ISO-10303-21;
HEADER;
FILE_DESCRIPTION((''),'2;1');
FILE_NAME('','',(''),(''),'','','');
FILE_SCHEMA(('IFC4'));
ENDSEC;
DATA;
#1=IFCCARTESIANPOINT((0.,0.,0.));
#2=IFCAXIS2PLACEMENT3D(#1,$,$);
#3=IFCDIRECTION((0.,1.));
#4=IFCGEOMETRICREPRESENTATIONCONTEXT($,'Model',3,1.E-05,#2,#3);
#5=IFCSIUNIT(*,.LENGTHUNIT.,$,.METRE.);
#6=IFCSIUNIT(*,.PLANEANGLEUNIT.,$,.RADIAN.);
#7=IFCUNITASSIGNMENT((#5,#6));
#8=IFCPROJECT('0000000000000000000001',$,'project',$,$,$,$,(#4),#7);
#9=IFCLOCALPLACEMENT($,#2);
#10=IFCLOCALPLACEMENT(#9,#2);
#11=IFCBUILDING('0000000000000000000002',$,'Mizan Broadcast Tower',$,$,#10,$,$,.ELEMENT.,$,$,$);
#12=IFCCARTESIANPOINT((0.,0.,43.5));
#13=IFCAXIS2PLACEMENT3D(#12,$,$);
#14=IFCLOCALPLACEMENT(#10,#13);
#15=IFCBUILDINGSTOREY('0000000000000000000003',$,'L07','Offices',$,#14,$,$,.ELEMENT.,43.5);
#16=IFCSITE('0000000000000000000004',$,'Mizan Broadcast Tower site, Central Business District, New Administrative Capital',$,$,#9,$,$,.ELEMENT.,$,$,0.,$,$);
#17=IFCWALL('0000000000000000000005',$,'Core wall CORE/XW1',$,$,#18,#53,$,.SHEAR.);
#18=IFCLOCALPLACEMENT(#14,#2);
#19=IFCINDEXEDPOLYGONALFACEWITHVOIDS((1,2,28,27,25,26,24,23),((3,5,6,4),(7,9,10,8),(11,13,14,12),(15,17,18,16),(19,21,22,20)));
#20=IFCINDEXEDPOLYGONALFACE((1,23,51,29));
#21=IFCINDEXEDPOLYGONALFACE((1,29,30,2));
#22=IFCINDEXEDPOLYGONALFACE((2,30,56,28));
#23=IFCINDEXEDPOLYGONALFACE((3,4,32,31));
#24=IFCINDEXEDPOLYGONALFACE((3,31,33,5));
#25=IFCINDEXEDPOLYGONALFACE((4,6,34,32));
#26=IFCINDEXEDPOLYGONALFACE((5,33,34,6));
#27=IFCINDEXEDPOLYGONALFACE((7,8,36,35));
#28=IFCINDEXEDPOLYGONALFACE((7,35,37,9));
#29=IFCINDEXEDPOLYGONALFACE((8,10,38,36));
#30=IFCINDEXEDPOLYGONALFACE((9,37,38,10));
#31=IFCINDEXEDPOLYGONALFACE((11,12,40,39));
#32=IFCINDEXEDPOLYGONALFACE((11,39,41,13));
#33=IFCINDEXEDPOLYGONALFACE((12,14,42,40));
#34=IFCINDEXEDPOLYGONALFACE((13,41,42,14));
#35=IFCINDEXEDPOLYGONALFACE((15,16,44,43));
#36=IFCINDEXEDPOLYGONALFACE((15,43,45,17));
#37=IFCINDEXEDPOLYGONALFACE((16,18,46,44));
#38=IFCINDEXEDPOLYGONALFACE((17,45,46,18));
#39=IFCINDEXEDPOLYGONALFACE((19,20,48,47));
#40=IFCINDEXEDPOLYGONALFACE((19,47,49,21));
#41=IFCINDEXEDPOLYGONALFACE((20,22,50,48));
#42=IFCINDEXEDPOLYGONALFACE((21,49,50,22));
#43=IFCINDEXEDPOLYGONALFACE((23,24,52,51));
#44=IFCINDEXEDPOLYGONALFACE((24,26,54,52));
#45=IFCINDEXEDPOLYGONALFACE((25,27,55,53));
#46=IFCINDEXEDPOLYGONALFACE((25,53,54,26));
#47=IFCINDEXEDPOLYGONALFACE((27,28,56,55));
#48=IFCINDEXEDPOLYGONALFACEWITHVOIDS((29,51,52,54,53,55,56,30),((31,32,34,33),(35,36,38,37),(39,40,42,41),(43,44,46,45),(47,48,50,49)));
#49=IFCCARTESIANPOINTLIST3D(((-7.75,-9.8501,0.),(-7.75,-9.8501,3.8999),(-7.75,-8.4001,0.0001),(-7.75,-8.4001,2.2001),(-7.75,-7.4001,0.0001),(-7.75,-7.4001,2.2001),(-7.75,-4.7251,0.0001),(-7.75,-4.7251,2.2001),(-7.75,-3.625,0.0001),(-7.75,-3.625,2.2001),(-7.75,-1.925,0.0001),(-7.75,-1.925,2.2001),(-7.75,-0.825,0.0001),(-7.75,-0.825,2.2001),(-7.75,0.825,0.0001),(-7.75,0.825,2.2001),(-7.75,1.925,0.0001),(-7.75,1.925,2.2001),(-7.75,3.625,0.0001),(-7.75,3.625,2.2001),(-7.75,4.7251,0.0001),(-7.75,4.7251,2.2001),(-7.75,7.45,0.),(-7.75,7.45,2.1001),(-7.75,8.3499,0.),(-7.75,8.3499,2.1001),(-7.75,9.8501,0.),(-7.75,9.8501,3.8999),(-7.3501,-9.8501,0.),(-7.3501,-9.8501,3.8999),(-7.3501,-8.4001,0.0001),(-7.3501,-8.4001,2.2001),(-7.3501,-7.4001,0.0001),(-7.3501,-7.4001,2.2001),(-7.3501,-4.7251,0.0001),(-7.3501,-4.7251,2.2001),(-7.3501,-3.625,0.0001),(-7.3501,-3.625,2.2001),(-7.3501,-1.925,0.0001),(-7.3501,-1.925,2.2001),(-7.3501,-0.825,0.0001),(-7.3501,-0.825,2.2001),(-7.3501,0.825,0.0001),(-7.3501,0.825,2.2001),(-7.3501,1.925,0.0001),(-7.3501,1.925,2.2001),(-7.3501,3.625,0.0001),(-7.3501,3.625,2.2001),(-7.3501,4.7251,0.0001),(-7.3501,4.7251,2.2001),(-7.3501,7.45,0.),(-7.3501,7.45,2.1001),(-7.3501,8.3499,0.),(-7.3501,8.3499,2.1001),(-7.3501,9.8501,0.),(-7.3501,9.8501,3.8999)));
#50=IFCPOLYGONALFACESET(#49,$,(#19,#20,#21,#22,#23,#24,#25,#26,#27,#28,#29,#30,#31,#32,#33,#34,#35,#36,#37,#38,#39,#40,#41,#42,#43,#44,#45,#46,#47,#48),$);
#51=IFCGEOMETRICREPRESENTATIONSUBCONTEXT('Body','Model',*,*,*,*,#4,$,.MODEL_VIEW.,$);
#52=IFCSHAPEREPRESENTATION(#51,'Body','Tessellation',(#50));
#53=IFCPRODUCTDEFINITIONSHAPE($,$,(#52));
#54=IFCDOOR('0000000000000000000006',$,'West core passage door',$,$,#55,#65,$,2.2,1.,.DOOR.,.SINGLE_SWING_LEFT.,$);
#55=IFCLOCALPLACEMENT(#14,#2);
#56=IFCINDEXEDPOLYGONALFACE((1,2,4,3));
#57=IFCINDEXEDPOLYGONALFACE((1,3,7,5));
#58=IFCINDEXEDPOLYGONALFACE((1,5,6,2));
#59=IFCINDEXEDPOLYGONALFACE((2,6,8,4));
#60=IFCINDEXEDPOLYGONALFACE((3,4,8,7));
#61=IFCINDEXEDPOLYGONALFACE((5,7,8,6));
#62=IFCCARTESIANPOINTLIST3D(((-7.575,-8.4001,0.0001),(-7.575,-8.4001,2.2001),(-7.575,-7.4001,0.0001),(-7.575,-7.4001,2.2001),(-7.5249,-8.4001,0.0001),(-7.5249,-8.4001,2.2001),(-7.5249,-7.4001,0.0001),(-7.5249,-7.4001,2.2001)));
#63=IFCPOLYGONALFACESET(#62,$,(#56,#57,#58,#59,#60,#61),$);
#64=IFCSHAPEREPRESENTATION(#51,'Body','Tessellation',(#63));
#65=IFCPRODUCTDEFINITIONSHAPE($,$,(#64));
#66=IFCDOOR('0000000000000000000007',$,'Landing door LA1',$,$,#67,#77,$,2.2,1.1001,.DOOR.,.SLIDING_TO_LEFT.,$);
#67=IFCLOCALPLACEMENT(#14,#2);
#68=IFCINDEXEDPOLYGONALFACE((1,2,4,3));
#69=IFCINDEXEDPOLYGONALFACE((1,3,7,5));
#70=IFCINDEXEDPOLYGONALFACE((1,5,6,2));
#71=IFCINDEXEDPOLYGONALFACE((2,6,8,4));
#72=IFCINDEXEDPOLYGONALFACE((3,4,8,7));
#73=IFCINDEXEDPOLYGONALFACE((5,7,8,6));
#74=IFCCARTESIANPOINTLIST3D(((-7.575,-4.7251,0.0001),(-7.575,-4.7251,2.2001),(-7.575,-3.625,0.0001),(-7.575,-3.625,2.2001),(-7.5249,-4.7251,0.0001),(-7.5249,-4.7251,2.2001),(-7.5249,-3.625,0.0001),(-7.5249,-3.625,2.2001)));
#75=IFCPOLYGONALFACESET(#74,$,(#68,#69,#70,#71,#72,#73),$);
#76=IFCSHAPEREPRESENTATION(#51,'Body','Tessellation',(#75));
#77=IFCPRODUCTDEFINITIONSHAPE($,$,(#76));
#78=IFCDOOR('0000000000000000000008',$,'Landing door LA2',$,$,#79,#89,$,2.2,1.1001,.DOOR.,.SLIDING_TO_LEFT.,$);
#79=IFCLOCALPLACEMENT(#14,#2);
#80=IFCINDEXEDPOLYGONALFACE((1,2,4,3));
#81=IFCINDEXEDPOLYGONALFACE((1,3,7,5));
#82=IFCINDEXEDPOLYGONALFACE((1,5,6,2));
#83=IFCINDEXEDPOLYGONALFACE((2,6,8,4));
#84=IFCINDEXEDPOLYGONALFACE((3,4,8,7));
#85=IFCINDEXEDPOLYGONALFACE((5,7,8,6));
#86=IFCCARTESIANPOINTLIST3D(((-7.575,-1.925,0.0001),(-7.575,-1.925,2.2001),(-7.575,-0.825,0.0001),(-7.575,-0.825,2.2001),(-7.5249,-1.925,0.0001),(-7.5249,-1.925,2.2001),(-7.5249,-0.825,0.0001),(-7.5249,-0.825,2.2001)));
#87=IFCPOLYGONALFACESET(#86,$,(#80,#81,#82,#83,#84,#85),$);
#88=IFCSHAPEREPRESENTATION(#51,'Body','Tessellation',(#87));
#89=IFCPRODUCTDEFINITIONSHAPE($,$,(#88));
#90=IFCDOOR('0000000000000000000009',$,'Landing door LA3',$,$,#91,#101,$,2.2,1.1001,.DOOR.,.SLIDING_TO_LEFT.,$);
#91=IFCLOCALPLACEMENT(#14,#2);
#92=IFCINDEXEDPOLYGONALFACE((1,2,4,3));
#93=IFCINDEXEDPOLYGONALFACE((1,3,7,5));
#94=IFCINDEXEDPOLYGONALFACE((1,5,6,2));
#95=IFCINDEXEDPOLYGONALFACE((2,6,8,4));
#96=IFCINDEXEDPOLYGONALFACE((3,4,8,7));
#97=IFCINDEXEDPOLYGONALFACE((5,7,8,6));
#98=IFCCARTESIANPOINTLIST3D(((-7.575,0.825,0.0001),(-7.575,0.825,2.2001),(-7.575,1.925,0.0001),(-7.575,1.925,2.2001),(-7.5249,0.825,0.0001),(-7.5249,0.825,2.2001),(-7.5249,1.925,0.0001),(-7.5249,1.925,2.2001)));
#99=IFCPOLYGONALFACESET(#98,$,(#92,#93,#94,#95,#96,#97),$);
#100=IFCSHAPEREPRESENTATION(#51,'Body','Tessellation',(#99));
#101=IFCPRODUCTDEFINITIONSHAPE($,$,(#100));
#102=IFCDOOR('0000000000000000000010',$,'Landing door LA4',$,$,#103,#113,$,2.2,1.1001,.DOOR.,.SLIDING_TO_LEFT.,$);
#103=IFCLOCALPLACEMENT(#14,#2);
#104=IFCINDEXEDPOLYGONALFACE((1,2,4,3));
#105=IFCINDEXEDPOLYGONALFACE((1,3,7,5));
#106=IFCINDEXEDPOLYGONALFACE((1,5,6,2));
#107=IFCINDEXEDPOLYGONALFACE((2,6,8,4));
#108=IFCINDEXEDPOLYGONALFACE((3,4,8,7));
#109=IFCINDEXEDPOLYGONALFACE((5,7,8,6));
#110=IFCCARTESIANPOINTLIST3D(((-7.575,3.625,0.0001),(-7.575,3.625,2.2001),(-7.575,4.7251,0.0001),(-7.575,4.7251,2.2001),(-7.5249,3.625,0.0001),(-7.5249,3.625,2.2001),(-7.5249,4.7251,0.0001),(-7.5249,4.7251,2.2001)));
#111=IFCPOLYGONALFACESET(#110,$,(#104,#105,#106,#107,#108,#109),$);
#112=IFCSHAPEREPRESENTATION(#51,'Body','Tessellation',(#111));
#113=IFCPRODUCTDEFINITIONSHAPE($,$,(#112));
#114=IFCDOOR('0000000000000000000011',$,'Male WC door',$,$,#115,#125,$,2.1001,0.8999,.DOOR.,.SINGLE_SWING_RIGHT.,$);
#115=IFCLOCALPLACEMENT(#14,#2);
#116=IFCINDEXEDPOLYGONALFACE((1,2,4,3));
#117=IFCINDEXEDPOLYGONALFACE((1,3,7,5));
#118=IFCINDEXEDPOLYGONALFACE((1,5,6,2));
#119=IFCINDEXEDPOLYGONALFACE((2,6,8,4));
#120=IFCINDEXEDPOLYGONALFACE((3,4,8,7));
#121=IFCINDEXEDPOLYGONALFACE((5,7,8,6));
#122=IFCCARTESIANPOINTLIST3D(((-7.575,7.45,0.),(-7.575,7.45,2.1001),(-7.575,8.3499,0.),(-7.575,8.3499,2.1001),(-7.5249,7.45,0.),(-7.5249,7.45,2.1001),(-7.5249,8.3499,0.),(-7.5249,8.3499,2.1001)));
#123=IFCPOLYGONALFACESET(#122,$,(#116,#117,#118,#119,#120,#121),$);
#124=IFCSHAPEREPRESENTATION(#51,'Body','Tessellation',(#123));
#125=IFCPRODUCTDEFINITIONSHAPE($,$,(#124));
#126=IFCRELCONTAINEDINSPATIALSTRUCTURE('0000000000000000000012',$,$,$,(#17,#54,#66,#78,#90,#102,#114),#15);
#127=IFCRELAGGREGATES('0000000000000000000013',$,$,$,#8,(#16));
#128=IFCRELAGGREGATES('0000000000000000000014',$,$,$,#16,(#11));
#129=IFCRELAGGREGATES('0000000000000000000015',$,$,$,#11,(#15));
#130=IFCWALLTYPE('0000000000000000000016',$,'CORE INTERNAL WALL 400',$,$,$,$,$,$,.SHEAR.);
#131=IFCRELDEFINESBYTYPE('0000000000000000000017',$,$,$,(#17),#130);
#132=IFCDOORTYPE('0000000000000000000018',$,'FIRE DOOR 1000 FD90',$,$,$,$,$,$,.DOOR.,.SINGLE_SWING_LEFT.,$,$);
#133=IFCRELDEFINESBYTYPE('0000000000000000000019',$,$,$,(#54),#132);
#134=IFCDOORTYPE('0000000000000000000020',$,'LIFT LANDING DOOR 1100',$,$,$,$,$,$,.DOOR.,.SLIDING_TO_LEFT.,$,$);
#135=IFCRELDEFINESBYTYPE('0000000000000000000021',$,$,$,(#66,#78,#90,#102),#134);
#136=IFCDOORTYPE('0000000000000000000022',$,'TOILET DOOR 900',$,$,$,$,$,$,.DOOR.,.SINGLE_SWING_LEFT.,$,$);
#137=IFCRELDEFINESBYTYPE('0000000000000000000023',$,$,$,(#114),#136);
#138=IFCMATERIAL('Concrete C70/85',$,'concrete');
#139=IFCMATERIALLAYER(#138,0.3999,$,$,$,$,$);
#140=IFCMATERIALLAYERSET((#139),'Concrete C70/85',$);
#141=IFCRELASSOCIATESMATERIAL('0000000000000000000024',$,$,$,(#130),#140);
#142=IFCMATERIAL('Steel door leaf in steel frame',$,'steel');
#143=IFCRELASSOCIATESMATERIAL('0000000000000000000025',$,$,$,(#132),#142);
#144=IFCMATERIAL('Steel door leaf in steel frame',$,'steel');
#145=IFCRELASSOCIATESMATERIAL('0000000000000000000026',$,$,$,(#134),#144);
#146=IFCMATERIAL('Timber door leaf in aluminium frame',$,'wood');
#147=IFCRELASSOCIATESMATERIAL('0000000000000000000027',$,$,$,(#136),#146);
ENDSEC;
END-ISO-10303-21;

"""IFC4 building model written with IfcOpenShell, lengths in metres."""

from ifc_helpers import new_model, si_unit, direction, frame, frame_2d, origin, place, context, subcontext, project, spatial, rectangle, extrude, material, layer, layer_set, type_object, element, fill, save


model = new_model("IFC4")

# Units and contexts
model_context = context("Model", 3, precision=1e-05, world=origin(), true_north=direction((0.0, 1.0)))
body_context = subcontext(model_context, "Body", "Model", "MODEL_VIEW")
ifc_project = project(units=[si_unit("LENGTHUNIT", "METRE"), si_unit("PLANEANGLEUNIT", "RADIAN")], contexts=[model_context])

# Site, building, storey
site_placement = place(None, origin())
site = spatial("IfcSite", under=ifc_project, at=site_placement, Name="Mizan Broadcast Tower site, Central Business District, New Administrative Capital", CompositionType="ELEMENT", RefElevation=0.0)
building_placement = place(site_placement, origin())
building = spatial("IfcBuilding", under=site, at=building_placement, Name="Mizan Broadcast Tower", CompositionType="ELEMENT")
storey_placement = place(building_placement, frame((0.0, 0.0, 43.5)))
storey = spatial("IfcBuildingStorey", under=building, at=storey_placement, Name="L07", Description="Offices", CompositionType="ELEMENT", Elevation=43.5)

# Wall, openings, doors
ifc_material_1 = material(Name="Concrete C70/85", Category="concrete")
ifc_layer_1 = layer(ifc_material_1, 0.3999)
ifc_layer_set_1 = layer_set([ifc_layer_1], Name="Concrete C70/85")
wall_type_1 = type_object("IfcWallType", Name="CORE INTERNAL WALL 400", PredefinedType="SHEAR", material=ifc_layer_set_1)
wall_1_placement = place(storey_placement, frame((-7.55, -9.8501, 0.0), z_axis=(0.0, 0.0, 1.0), x_axis=(0.0, 1.0, 0.0)))
wall_1 = element("IfcWall", 1, at=wall_1_placement, inside=storey, type_object=wall_type_1, Name="Core wall CORE/XW1", PredefinedType="SHEAR", context=body_context, shape_type="SweptSolid", body=[
    extrude(rectangle(XDim=19.7002, YDim=0.3999, at=frame_2d((9.8501, 0.0))), origin(), (0.0, 0.0, 1.0), 3.8999),
])
opening_1_placement = place(wall_1_placement, frame((1.45, 0.0, 0.0)))
opening_1 = element("IfcOpeningElement", 2, at=opening_1_placement, cuts=wall_1, PredefinedType="OPENING", context=body_context, shape_type="SweptSolid", body=[
    extrude(rectangle(XDim=1.0, YDim=2.2, at=frame_2d((0.5, 1.1001))), frame((0.0, 0.21, 0.0), z_axis=(0.0, -1.0, 0.0), x_axis=(1.0, 0.0, 0.0)), (0.0, 0.0, 1.0), 0.4199),
])
opening_2_placement = place(wall_1_placement, frame((17.3, 0.0, 0.0)))
opening_2 = element("IfcOpeningElement", 3, at=opening_2_placement, cuts=wall_1, PredefinedType="OPENING", context=body_context, shape_type="SweptSolid", body=[
    extrude(rectangle(XDim=0.8999, YDim=2.1001, at=frame_2d((0.45, 1.05))), frame((0.0, 0.21, 0.0), z_axis=(0.0, -1.0, 0.0), x_axis=(1.0, 0.0, 0.0)), (0.0, 0.0, 1.0), 0.4199),
])
opening_3_placement = place(wall_1_placement, frame((5.125, 0.0, 0.0)))
opening_3 = element("IfcOpeningElement", 4, at=opening_3_placement, cuts=wall_1, PredefinedType="OPENING", context=body_context, shape_type="SweptSolid", body=[
    extrude(rectangle(XDim=1.1001, YDim=2.2, at=frame_2d((0.55, 1.1001))), frame((0.0, 0.21, 0.0), z_axis=(0.0, -1.0, 0.0), x_axis=(1.0, 0.0, 0.0)), (0.0, 0.0, 1.0), 0.4199),
])
opening_4_placement = place(wall_1_placement, frame((7.925, 0.0, 0.0)))
opening_4 = element("IfcOpeningElement", 5, at=opening_4_placement, cuts=wall_1, PredefinedType="OPENING", context=body_context, shape_type="SweptSolid", body=[
    extrude(rectangle(XDim=1.1001, YDim=2.2, at=frame_2d((0.55, 1.1001))), frame((0.0, 0.21, 0.0), z_axis=(0.0, -1.0, 0.0), x_axis=(1.0, 0.0, 0.0)), (0.0, 0.0, 1.0), 0.4199),
])
opening_5_placement = place(wall_1_placement, frame((10.675, 0.0, 0.0)))
opening_5 = element("IfcOpeningElement", 6, at=opening_5_placement, cuts=wall_1, PredefinedType="OPENING", context=body_context, shape_type="SweptSolid", body=[
    extrude(rectangle(XDim=1.1001, YDim=2.2, at=frame_2d((0.55, 1.1001))), frame((0.0, 0.21, 0.0), z_axis=(0.0, -1.0, 0.0), x_axis=(1.0, 0.0, 0.0)), (0.0, 0.0, 1.0), 0.4199),
])
opening_6_placement = place(wall_1_placement, frame((13.4751, 0.0, 0.0)))
opening_6 = element("IfcOpeningElement", 7, at=opening_6_placement, cuts=wall_1, PredefinedType="OPENING", context=body_context, shape_type="SweptSolid", body=[
    extrude(rectangle(XDim=1.1001, YDim=2.2, at=frame_2d((0.55, 1.1001))), frame((0.0, 0.21, 0.0), z_axis=(0.0, -1.0, 0.0), x_axis=(1.0, 0.0, 0.0)), (0.0, 0.0, 1.0), 0.4199),
])
ifc_material_2 = material(Name="Steel door leaf in steel frame", Category="steel")
door_type_1 = type_object("IfcDoorType", Name="FIRE DOOR 1000 FD90", OperationType="SINGLE_SWING_LEFT", PredefinedType="DOOR", material=ifc_material_2)
door_1_placement = place(opening_1_placement, origin())
door_1 = element("IfcDoor", 8, at=door_1_placement, inside=storey, type_object=door_type_1, Name="West core passage door", OperationType="SINGLE_SWING_LEFT", OverallHeight=2.2, OverallWidth=1.0, PredefinedType="DOOR", context=body_context, shape_type="SweptSolid", body=[
    extrude(rectangle(XDim=1.0, YDim=2.2, at=frame_2d((0.5, 1.1001))), frame((0.0, 0.0249, 0.0), z_axis=(0.0, -1.0, 0.0), x_axis=(1.0, 0.0, 0.0)), (0.0, 0.0, 1.0), 0.05),
])
fill(opening_1, door_1)
ifc_material_3 = material(Name="Steel door leaf in steel frame", Category="steel")
door_type_2 = type_object("IfcDoorType", Name="LIFT LANDING DOOR 1100", OperationType="SLIDING_TO_LEFT", PredefinedType="DOOR", material=ifc_material_3)
door_2_placement = place(opening_3_placement, origin())
door_2 = element("IfcDoor", 9, at=door_2_placement, inside=storey, type_object=door_type_2, Name="Landing door LA1", OperationType="SLIDING_TO_LEFT", OverallHeight=2.2, OverallWidth=1.1001, PredefinedType="DOOR", context=body_context, shape_type="SweptSolid", body=[
    extrude(rectangle(XDim=1.1001, YDim=2.2, at=frame_2d((0.55, 1.1001))), frame((0.0, 0.0249, 0.0), z_axis=(0.0, -1.0, 0.0), x_axis=(1.0, 0.0, 0.0)), (0.0, 0.0, 1.0), 0.05),
])
fill(opening_3, door_2)
door_3_placement = place(opening_4_placement, origin())
door_3 = element("IfcDoor", 10, at=door_3_placement, inside=storey, type_object=door_type_2, Name="Landing door LA2", OperationType="SLIDING_TO_LEFT", OverallHeight=2.2, OverallWidth=1.1001, PredefinedType="DOOR", context=body_context, shape_type="SweptSolid", body=[
    extrude(rectangle(XDim=1.1001, YDim=2.2, at=frame_2d((0.55, 1.1001))), frame((0.0, 0.0249, 0.0), z_axis=(0.0, -1.0, 0.0), x_axis=(1.0, 0.0, 0.0)), (0.0, 0.0, 1.0), 0.05),
])
fill(opening_4, door_3)
door_4_placement = place(opening_5_placement, origin())
door_4 = element("IfcDoor", 11, at=door_4_placement, inside=storey, type_object=door_type_2, Name="Landing door LA3", OperationType="SLIDING_TO_LEFT", OverallHeight=2.2, OverallWidth=1.1001, PredefinedType="DOOR", context=body_context, shape_type="SweptSolid", body=[
    extrude(rectangle(XDim=1.1001, YDim=2.2, at=frame_2d((0.55, 1.1001))), frame((0.0, 0.0249, 0.0), z_axis=(0.0, -1.0, 0.0), x_axis=(1.0, 0.0, 0.0)), (0.0, 0.0, 1.0), 0.05),
])
fill(opening_5, door_4)
door_5_placement = place(opening_6_placement, origin())
door_5 = element("IfcDoor", 12, at=door_5_placement, inside=storey, type_object=door_type_2, Name="Landing door LA4", OperationType="SLIDING_TO_LEFT", OverallHeight=2.2, OverallWidth=1.1001, PredefinedType="DOOR", context=body_context, shape_type="SweptSolid", body=[
    extrude(rectangle(XDim=1.1001, YDim=2.2, at=frame_2d((0.55, 1.1001))), frame((0.0, 0.0249, 0.0), z_axis=(0.0, -1.0, 0.0), x_axis=(1.0, 0.0, 0.0)), (0.0, 0.0, 1.0), 0.05),
])
fill(opening_6, door_5)
ifc_material_4 = material(Name="Timber door leaf in aluminium frame", Category="wood")
door_type_3 = type_object("IfcDoorType", Name="TOILET DOOR 900", OperationType="SINGLE_SWING_LEFT", PredefinedType="DOOR", material=ifc_material_4)
door_6_placement = place(opening_2_placement, origin())
door_6 = element("IfcDoor", 13, at=door_6_placement, inside=storey, type_object=door_type_3, Name="Male WC door", OperationType="SINGLE_SWING_RIGHT", OverallHeight=2.1001, OverallWidth=0.8999, PredefinedType="DOOR", context=body_context, shape_type="SweptSolid", body=[
    extrude(rectangle(XDim=0.8999, YDim=2.1001, at=frame_2d((0.45, 1.05))), frame((0.0, 0.0249, 0.0), z_axis=(0.0, -1.0, 0.0), x_axis=(1.0, 0.0, 0.0)), (0.0, 0.0, 1.0), 0.05),
])
fill(opening_2, door_6)

save(model, "model.ifc")
